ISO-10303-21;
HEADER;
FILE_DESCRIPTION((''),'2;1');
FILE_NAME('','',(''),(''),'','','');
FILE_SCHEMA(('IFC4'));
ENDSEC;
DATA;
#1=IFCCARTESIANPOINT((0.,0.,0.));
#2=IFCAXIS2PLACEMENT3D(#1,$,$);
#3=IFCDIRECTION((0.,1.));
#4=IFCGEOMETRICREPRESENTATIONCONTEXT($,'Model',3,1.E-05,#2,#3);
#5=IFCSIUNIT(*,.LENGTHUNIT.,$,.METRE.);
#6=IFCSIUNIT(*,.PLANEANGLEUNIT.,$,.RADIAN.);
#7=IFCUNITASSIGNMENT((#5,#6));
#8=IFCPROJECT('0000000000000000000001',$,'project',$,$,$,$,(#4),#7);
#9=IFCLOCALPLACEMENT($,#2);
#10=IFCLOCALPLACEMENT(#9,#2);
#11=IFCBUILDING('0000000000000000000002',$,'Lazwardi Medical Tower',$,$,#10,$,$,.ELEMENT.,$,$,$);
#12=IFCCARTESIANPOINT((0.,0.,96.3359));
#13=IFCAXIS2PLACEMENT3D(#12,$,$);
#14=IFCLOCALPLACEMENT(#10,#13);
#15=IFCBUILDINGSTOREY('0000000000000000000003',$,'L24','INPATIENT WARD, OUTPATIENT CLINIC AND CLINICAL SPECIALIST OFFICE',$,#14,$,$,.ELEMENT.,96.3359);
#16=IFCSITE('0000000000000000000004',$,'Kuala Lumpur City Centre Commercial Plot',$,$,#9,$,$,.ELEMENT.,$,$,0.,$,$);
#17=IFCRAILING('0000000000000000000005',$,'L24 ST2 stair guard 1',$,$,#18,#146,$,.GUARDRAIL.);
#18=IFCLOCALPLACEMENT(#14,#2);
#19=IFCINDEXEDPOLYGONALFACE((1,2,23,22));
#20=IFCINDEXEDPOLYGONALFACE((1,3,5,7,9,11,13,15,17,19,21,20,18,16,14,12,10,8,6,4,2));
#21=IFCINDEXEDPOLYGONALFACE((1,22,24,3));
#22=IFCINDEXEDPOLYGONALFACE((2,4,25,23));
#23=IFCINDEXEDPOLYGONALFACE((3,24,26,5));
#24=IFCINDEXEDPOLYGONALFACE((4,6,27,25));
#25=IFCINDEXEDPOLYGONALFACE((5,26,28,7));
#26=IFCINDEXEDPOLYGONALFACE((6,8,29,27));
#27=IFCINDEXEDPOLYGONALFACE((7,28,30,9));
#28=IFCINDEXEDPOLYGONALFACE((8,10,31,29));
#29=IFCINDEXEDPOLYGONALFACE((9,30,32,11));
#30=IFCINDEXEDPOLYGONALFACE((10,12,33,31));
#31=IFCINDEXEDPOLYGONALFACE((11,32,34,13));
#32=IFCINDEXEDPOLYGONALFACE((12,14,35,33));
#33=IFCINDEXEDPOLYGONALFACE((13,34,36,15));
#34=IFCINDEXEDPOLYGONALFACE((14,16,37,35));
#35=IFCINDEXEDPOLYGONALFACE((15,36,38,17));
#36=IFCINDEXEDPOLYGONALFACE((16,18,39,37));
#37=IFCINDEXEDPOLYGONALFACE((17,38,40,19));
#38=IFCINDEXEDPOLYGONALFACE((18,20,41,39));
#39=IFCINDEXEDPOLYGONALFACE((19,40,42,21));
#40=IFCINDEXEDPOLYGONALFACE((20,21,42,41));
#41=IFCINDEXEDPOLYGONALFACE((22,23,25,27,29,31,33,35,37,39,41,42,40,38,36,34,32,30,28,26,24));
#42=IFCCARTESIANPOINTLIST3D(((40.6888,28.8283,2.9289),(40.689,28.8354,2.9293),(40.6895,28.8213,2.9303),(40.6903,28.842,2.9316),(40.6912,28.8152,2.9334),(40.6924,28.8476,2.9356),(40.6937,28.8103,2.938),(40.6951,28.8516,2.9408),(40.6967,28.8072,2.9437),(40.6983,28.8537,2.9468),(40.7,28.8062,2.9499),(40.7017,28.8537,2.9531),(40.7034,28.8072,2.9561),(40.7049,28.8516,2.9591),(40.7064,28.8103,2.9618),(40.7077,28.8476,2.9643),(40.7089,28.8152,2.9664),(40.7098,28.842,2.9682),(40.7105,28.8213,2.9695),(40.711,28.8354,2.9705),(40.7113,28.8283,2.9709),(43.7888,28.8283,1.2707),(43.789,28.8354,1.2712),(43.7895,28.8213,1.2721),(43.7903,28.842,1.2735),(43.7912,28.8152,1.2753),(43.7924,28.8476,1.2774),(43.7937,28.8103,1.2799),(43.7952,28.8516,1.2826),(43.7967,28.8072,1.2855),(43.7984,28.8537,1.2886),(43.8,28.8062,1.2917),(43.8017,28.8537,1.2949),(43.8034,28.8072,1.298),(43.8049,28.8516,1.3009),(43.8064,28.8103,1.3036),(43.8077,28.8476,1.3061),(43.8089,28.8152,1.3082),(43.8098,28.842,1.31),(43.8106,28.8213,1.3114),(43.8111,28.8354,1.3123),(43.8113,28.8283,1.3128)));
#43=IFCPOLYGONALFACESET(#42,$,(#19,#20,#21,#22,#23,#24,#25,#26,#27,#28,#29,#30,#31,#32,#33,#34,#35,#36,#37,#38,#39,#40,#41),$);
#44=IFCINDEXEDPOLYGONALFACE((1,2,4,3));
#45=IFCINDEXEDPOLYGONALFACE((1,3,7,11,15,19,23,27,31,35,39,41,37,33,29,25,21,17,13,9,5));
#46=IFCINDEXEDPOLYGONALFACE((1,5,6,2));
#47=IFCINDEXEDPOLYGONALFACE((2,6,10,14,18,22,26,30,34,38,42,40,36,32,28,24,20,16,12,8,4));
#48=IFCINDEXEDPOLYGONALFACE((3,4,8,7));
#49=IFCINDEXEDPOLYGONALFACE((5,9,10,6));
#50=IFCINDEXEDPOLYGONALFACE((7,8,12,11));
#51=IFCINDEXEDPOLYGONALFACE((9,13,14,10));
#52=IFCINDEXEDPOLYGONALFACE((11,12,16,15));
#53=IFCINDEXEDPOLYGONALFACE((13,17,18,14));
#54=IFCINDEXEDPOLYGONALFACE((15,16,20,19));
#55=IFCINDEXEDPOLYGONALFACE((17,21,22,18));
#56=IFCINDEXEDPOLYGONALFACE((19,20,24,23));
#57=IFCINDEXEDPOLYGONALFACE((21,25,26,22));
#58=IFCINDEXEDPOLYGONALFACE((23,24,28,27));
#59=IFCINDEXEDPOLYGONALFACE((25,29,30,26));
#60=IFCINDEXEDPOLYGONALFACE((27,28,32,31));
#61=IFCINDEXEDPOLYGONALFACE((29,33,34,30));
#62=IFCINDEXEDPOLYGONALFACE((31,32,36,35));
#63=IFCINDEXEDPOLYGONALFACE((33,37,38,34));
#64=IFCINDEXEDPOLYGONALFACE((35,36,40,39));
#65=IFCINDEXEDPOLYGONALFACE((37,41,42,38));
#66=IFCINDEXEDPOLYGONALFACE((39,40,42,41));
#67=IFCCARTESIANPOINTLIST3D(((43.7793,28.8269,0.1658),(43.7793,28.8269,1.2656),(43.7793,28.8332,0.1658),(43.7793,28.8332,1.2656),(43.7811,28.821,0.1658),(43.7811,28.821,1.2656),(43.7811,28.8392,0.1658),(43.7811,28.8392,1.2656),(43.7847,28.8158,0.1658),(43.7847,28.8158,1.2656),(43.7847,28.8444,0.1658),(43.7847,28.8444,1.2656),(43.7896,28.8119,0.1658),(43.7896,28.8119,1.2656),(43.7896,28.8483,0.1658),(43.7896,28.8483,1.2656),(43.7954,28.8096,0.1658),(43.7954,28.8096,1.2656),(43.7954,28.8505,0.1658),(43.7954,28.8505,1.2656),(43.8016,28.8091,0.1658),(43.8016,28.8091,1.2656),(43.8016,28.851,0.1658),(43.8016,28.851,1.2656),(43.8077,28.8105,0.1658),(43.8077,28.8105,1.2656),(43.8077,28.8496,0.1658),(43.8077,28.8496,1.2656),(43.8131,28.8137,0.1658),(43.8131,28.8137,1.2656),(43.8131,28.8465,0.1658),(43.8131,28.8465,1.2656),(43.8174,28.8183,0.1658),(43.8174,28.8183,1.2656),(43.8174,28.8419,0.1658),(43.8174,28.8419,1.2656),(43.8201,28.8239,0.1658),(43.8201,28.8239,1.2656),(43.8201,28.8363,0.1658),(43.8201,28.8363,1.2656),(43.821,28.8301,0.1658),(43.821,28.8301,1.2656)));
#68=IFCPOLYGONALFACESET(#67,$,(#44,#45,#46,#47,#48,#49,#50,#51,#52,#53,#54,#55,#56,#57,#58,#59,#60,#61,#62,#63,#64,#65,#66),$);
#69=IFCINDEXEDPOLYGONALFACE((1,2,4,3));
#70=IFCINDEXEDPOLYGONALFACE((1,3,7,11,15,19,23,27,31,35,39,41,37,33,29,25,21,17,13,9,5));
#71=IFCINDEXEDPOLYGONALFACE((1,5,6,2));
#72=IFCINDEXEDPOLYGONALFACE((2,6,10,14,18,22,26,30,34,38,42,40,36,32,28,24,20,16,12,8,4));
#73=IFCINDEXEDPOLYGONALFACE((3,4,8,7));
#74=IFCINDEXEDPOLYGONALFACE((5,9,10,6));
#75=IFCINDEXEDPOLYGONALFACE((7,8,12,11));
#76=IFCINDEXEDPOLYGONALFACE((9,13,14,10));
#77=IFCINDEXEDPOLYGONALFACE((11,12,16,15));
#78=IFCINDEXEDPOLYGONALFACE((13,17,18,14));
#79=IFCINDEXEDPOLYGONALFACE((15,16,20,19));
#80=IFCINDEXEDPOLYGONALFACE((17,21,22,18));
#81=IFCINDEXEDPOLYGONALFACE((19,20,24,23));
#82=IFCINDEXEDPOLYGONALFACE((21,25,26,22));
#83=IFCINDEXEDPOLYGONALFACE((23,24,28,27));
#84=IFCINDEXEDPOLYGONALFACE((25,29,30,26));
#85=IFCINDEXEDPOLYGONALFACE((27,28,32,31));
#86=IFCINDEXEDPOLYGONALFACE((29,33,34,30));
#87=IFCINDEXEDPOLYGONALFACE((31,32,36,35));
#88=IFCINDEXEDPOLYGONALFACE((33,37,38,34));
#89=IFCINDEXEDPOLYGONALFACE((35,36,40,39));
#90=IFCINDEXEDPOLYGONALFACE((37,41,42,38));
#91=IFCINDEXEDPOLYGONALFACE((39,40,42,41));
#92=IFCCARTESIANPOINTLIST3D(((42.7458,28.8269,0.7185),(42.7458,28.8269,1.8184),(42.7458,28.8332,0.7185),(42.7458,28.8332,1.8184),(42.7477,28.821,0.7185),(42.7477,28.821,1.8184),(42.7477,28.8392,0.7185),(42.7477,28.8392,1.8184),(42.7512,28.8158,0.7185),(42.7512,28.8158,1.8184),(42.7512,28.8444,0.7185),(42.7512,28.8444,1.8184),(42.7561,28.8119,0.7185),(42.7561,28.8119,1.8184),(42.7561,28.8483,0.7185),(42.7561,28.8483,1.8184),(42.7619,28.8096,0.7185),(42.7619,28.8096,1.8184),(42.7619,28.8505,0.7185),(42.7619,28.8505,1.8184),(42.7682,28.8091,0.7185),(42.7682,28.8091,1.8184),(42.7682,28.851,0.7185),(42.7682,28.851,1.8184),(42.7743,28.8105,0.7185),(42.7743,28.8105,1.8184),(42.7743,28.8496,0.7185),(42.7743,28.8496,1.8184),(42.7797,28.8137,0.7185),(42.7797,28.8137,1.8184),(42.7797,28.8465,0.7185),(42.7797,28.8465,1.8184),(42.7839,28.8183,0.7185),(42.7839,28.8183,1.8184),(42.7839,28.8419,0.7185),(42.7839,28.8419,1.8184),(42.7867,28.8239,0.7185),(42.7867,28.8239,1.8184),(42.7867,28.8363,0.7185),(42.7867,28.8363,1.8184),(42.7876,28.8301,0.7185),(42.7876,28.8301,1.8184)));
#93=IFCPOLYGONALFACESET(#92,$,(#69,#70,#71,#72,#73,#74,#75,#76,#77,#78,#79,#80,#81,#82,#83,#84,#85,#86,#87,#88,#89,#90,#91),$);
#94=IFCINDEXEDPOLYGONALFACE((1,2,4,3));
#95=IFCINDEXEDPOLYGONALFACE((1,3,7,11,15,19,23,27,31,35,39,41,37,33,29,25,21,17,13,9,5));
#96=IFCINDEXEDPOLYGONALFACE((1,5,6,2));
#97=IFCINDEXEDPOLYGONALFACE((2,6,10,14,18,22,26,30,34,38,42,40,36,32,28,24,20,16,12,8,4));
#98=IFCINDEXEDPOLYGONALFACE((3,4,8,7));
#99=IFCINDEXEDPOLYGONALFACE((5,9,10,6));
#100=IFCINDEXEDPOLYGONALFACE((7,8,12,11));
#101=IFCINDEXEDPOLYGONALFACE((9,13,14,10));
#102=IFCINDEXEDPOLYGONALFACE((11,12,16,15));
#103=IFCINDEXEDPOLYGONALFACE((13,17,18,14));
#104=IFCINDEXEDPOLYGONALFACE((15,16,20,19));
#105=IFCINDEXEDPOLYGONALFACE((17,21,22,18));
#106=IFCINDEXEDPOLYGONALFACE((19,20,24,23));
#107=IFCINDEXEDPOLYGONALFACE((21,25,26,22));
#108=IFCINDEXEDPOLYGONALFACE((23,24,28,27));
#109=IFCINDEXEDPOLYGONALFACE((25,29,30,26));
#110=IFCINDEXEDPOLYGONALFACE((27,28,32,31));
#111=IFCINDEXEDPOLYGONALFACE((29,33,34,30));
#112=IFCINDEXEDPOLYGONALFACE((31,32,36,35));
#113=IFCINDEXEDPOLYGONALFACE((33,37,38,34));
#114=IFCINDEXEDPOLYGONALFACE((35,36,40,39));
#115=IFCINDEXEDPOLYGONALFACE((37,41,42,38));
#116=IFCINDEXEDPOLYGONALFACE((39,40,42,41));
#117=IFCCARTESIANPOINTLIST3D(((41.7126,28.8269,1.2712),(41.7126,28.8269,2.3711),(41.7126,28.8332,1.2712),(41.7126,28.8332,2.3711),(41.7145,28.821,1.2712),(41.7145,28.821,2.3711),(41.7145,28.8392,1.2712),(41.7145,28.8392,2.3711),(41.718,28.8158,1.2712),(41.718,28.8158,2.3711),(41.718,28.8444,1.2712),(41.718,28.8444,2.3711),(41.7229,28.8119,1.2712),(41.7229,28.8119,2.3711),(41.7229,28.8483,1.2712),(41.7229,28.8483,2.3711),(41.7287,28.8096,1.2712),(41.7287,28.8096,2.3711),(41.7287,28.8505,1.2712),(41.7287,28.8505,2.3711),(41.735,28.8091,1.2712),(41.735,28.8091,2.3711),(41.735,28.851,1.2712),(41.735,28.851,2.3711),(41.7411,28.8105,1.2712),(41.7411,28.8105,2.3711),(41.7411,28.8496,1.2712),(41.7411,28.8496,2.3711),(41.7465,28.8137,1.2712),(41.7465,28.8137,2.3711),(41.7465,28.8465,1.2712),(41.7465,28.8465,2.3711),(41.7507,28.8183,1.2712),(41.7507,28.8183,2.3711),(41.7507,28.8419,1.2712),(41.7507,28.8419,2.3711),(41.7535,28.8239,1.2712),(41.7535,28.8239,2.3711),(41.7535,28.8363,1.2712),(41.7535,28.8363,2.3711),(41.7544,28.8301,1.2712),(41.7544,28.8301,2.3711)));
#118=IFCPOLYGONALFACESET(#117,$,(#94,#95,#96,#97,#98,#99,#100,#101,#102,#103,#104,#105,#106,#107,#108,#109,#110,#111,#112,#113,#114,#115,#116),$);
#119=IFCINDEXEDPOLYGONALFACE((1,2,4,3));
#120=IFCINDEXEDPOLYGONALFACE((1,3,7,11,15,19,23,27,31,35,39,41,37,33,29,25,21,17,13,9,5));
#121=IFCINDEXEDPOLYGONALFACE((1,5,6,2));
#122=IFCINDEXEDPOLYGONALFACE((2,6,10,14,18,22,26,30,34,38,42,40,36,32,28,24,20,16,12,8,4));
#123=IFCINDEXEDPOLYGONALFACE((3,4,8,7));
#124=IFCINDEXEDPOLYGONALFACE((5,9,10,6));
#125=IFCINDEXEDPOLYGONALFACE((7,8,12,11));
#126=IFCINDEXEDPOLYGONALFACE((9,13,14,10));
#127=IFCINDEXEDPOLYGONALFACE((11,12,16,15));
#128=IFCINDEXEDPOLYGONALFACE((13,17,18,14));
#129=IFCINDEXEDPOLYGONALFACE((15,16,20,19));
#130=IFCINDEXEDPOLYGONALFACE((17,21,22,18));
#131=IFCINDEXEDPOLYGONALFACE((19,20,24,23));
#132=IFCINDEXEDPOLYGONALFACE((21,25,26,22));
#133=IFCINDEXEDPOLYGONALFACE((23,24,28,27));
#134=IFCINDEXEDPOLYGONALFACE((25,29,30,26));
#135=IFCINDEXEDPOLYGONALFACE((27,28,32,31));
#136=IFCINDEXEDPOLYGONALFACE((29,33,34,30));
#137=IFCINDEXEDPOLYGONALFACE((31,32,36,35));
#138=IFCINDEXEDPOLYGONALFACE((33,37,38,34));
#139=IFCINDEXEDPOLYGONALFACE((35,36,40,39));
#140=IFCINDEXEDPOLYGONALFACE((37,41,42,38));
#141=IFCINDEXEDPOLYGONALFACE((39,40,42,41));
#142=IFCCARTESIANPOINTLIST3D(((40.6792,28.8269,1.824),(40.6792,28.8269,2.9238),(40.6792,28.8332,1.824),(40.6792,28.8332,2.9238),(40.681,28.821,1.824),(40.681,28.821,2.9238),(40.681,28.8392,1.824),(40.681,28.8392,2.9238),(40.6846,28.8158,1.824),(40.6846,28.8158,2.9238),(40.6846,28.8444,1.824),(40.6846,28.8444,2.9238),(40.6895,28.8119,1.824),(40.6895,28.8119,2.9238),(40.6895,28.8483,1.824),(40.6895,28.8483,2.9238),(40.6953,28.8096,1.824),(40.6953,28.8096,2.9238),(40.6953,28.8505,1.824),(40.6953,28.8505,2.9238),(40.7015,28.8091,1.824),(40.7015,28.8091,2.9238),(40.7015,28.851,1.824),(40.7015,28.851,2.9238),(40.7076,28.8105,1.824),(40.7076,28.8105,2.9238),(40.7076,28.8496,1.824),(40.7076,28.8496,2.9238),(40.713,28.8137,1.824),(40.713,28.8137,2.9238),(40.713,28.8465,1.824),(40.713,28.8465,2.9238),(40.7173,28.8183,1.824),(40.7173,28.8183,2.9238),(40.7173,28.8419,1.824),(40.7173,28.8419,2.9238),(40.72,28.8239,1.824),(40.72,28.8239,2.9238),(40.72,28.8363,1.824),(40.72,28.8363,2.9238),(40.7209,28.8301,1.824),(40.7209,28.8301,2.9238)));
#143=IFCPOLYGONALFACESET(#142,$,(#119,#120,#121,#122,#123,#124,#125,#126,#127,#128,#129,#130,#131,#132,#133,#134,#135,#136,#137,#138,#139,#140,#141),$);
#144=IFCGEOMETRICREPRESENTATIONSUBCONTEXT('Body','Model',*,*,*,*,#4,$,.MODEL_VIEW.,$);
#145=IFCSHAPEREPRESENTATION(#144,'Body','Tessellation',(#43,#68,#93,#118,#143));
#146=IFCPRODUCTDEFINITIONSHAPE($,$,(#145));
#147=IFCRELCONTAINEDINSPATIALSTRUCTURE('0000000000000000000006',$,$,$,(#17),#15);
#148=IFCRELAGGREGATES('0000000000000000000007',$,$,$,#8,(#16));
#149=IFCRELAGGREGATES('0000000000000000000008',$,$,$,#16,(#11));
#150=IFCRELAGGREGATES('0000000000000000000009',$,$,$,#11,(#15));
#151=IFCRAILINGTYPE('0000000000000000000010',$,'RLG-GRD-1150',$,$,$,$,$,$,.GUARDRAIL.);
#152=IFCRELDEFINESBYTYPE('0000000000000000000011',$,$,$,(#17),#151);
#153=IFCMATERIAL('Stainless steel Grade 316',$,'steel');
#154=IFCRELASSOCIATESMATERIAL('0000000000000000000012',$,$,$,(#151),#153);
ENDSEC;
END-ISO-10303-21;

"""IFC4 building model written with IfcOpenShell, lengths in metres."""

from ifc_helpers import new_model, si_unit, direction, frame, origin, origin_2d, place, context, subcontext, project, spatial, circle, extrude, material, type_object, element, save


model = new_model("IFC4")

# Units and contexts
model_context = context("Model", 3, precision=1e-05, world=origin(), true_north=direction((0.0, 1.0)))
body_context = subcontext(model_context, "Body", "Model", "MODEL_VIEW")
ifc_project = project(units=[si_unit("LENGTHUNIT", "METRE"), si_unit("PLANEANGLEUNIT", "RADIAN")], contexts=[model_context])

# Site, building, storey
site_placement = place(None, origin())
site = spatial("IfcSite", under=ifc_project, at=site_placement, Name="Kuala Lumpur City Centre Commercial Plot", CompositionType="ELEMENT", RefElevation=0.0)
building_placement = place(site_placement, origin())
building = spatial("IfcBuilding", under=site, at=building_placement, Name="Lazwardi Medical Tower", CompositionType="ELEMENT")
storey_placement = place(building_placement, frame((0.0, 0.0, 96.3359)))
storey = spatial("IfcBuildingStorey", under=building, at=storey_placement, Name="L24", Description="INPATIENT WARD, OUTPATIENT CLINIC AND CLINICAL SPECIALIST OFFICE", CompositionType="ELEMENT", Elevation=96.3359)

# Railing
ifc_material_1 = material(Name="Stainless steel Grade 316", Category="steel")
railing_type_1 = type_object("IfcRailingType", Name="RLG-GRD-1150", PredefinedType="GUARDRAIL", material=ifc_material_1)
railing_1_placement = place(storey_placement, frame((43.8, 28.8301, 0.1658)))
element("IfcRailing", 1, at=railing_1_placement, inside=storey, type_object=railing_type_1, Name="L24 ST2 stair guard 1", PredefinedType="GUARDRAIL", context=body_context, shape_type="SweptSolid", body=[
    extrude(circle(Radius=0.0239, at=origin_2d()), frame((0.0, 0.0, 1.126), z_axis=(-0.881783, 0.0, 0.471655), x_axis=(0.0, -1.0, 0.0)), (0.0, 0.0, 1.0), 3.5156),
    extrude(circle(Radius=0.021, at=origin_2d()), origin(), (0.0, 0.0, 1.0), 1.0999),
    extrude(circle(Radius=0.021, at=origin_2d()), frame((-1.0334, 0.0, 0.5527)), (0.0, 0.0, 1.0), 1.0999),
    extrude(circle(Radius=0.021, at=origin_2d()), frame((-2.0667, 0.0, 1.1055)), (0.0, 0.0, 1.0), 1.0999),
    extrude(circle(Radius=0.021, at=origin_2d()), frame((-3.1001, 0.0, 1.6582)), (0.0, 0.0, 1.0), 1.0999),
])

save(model, "model.ifc")
